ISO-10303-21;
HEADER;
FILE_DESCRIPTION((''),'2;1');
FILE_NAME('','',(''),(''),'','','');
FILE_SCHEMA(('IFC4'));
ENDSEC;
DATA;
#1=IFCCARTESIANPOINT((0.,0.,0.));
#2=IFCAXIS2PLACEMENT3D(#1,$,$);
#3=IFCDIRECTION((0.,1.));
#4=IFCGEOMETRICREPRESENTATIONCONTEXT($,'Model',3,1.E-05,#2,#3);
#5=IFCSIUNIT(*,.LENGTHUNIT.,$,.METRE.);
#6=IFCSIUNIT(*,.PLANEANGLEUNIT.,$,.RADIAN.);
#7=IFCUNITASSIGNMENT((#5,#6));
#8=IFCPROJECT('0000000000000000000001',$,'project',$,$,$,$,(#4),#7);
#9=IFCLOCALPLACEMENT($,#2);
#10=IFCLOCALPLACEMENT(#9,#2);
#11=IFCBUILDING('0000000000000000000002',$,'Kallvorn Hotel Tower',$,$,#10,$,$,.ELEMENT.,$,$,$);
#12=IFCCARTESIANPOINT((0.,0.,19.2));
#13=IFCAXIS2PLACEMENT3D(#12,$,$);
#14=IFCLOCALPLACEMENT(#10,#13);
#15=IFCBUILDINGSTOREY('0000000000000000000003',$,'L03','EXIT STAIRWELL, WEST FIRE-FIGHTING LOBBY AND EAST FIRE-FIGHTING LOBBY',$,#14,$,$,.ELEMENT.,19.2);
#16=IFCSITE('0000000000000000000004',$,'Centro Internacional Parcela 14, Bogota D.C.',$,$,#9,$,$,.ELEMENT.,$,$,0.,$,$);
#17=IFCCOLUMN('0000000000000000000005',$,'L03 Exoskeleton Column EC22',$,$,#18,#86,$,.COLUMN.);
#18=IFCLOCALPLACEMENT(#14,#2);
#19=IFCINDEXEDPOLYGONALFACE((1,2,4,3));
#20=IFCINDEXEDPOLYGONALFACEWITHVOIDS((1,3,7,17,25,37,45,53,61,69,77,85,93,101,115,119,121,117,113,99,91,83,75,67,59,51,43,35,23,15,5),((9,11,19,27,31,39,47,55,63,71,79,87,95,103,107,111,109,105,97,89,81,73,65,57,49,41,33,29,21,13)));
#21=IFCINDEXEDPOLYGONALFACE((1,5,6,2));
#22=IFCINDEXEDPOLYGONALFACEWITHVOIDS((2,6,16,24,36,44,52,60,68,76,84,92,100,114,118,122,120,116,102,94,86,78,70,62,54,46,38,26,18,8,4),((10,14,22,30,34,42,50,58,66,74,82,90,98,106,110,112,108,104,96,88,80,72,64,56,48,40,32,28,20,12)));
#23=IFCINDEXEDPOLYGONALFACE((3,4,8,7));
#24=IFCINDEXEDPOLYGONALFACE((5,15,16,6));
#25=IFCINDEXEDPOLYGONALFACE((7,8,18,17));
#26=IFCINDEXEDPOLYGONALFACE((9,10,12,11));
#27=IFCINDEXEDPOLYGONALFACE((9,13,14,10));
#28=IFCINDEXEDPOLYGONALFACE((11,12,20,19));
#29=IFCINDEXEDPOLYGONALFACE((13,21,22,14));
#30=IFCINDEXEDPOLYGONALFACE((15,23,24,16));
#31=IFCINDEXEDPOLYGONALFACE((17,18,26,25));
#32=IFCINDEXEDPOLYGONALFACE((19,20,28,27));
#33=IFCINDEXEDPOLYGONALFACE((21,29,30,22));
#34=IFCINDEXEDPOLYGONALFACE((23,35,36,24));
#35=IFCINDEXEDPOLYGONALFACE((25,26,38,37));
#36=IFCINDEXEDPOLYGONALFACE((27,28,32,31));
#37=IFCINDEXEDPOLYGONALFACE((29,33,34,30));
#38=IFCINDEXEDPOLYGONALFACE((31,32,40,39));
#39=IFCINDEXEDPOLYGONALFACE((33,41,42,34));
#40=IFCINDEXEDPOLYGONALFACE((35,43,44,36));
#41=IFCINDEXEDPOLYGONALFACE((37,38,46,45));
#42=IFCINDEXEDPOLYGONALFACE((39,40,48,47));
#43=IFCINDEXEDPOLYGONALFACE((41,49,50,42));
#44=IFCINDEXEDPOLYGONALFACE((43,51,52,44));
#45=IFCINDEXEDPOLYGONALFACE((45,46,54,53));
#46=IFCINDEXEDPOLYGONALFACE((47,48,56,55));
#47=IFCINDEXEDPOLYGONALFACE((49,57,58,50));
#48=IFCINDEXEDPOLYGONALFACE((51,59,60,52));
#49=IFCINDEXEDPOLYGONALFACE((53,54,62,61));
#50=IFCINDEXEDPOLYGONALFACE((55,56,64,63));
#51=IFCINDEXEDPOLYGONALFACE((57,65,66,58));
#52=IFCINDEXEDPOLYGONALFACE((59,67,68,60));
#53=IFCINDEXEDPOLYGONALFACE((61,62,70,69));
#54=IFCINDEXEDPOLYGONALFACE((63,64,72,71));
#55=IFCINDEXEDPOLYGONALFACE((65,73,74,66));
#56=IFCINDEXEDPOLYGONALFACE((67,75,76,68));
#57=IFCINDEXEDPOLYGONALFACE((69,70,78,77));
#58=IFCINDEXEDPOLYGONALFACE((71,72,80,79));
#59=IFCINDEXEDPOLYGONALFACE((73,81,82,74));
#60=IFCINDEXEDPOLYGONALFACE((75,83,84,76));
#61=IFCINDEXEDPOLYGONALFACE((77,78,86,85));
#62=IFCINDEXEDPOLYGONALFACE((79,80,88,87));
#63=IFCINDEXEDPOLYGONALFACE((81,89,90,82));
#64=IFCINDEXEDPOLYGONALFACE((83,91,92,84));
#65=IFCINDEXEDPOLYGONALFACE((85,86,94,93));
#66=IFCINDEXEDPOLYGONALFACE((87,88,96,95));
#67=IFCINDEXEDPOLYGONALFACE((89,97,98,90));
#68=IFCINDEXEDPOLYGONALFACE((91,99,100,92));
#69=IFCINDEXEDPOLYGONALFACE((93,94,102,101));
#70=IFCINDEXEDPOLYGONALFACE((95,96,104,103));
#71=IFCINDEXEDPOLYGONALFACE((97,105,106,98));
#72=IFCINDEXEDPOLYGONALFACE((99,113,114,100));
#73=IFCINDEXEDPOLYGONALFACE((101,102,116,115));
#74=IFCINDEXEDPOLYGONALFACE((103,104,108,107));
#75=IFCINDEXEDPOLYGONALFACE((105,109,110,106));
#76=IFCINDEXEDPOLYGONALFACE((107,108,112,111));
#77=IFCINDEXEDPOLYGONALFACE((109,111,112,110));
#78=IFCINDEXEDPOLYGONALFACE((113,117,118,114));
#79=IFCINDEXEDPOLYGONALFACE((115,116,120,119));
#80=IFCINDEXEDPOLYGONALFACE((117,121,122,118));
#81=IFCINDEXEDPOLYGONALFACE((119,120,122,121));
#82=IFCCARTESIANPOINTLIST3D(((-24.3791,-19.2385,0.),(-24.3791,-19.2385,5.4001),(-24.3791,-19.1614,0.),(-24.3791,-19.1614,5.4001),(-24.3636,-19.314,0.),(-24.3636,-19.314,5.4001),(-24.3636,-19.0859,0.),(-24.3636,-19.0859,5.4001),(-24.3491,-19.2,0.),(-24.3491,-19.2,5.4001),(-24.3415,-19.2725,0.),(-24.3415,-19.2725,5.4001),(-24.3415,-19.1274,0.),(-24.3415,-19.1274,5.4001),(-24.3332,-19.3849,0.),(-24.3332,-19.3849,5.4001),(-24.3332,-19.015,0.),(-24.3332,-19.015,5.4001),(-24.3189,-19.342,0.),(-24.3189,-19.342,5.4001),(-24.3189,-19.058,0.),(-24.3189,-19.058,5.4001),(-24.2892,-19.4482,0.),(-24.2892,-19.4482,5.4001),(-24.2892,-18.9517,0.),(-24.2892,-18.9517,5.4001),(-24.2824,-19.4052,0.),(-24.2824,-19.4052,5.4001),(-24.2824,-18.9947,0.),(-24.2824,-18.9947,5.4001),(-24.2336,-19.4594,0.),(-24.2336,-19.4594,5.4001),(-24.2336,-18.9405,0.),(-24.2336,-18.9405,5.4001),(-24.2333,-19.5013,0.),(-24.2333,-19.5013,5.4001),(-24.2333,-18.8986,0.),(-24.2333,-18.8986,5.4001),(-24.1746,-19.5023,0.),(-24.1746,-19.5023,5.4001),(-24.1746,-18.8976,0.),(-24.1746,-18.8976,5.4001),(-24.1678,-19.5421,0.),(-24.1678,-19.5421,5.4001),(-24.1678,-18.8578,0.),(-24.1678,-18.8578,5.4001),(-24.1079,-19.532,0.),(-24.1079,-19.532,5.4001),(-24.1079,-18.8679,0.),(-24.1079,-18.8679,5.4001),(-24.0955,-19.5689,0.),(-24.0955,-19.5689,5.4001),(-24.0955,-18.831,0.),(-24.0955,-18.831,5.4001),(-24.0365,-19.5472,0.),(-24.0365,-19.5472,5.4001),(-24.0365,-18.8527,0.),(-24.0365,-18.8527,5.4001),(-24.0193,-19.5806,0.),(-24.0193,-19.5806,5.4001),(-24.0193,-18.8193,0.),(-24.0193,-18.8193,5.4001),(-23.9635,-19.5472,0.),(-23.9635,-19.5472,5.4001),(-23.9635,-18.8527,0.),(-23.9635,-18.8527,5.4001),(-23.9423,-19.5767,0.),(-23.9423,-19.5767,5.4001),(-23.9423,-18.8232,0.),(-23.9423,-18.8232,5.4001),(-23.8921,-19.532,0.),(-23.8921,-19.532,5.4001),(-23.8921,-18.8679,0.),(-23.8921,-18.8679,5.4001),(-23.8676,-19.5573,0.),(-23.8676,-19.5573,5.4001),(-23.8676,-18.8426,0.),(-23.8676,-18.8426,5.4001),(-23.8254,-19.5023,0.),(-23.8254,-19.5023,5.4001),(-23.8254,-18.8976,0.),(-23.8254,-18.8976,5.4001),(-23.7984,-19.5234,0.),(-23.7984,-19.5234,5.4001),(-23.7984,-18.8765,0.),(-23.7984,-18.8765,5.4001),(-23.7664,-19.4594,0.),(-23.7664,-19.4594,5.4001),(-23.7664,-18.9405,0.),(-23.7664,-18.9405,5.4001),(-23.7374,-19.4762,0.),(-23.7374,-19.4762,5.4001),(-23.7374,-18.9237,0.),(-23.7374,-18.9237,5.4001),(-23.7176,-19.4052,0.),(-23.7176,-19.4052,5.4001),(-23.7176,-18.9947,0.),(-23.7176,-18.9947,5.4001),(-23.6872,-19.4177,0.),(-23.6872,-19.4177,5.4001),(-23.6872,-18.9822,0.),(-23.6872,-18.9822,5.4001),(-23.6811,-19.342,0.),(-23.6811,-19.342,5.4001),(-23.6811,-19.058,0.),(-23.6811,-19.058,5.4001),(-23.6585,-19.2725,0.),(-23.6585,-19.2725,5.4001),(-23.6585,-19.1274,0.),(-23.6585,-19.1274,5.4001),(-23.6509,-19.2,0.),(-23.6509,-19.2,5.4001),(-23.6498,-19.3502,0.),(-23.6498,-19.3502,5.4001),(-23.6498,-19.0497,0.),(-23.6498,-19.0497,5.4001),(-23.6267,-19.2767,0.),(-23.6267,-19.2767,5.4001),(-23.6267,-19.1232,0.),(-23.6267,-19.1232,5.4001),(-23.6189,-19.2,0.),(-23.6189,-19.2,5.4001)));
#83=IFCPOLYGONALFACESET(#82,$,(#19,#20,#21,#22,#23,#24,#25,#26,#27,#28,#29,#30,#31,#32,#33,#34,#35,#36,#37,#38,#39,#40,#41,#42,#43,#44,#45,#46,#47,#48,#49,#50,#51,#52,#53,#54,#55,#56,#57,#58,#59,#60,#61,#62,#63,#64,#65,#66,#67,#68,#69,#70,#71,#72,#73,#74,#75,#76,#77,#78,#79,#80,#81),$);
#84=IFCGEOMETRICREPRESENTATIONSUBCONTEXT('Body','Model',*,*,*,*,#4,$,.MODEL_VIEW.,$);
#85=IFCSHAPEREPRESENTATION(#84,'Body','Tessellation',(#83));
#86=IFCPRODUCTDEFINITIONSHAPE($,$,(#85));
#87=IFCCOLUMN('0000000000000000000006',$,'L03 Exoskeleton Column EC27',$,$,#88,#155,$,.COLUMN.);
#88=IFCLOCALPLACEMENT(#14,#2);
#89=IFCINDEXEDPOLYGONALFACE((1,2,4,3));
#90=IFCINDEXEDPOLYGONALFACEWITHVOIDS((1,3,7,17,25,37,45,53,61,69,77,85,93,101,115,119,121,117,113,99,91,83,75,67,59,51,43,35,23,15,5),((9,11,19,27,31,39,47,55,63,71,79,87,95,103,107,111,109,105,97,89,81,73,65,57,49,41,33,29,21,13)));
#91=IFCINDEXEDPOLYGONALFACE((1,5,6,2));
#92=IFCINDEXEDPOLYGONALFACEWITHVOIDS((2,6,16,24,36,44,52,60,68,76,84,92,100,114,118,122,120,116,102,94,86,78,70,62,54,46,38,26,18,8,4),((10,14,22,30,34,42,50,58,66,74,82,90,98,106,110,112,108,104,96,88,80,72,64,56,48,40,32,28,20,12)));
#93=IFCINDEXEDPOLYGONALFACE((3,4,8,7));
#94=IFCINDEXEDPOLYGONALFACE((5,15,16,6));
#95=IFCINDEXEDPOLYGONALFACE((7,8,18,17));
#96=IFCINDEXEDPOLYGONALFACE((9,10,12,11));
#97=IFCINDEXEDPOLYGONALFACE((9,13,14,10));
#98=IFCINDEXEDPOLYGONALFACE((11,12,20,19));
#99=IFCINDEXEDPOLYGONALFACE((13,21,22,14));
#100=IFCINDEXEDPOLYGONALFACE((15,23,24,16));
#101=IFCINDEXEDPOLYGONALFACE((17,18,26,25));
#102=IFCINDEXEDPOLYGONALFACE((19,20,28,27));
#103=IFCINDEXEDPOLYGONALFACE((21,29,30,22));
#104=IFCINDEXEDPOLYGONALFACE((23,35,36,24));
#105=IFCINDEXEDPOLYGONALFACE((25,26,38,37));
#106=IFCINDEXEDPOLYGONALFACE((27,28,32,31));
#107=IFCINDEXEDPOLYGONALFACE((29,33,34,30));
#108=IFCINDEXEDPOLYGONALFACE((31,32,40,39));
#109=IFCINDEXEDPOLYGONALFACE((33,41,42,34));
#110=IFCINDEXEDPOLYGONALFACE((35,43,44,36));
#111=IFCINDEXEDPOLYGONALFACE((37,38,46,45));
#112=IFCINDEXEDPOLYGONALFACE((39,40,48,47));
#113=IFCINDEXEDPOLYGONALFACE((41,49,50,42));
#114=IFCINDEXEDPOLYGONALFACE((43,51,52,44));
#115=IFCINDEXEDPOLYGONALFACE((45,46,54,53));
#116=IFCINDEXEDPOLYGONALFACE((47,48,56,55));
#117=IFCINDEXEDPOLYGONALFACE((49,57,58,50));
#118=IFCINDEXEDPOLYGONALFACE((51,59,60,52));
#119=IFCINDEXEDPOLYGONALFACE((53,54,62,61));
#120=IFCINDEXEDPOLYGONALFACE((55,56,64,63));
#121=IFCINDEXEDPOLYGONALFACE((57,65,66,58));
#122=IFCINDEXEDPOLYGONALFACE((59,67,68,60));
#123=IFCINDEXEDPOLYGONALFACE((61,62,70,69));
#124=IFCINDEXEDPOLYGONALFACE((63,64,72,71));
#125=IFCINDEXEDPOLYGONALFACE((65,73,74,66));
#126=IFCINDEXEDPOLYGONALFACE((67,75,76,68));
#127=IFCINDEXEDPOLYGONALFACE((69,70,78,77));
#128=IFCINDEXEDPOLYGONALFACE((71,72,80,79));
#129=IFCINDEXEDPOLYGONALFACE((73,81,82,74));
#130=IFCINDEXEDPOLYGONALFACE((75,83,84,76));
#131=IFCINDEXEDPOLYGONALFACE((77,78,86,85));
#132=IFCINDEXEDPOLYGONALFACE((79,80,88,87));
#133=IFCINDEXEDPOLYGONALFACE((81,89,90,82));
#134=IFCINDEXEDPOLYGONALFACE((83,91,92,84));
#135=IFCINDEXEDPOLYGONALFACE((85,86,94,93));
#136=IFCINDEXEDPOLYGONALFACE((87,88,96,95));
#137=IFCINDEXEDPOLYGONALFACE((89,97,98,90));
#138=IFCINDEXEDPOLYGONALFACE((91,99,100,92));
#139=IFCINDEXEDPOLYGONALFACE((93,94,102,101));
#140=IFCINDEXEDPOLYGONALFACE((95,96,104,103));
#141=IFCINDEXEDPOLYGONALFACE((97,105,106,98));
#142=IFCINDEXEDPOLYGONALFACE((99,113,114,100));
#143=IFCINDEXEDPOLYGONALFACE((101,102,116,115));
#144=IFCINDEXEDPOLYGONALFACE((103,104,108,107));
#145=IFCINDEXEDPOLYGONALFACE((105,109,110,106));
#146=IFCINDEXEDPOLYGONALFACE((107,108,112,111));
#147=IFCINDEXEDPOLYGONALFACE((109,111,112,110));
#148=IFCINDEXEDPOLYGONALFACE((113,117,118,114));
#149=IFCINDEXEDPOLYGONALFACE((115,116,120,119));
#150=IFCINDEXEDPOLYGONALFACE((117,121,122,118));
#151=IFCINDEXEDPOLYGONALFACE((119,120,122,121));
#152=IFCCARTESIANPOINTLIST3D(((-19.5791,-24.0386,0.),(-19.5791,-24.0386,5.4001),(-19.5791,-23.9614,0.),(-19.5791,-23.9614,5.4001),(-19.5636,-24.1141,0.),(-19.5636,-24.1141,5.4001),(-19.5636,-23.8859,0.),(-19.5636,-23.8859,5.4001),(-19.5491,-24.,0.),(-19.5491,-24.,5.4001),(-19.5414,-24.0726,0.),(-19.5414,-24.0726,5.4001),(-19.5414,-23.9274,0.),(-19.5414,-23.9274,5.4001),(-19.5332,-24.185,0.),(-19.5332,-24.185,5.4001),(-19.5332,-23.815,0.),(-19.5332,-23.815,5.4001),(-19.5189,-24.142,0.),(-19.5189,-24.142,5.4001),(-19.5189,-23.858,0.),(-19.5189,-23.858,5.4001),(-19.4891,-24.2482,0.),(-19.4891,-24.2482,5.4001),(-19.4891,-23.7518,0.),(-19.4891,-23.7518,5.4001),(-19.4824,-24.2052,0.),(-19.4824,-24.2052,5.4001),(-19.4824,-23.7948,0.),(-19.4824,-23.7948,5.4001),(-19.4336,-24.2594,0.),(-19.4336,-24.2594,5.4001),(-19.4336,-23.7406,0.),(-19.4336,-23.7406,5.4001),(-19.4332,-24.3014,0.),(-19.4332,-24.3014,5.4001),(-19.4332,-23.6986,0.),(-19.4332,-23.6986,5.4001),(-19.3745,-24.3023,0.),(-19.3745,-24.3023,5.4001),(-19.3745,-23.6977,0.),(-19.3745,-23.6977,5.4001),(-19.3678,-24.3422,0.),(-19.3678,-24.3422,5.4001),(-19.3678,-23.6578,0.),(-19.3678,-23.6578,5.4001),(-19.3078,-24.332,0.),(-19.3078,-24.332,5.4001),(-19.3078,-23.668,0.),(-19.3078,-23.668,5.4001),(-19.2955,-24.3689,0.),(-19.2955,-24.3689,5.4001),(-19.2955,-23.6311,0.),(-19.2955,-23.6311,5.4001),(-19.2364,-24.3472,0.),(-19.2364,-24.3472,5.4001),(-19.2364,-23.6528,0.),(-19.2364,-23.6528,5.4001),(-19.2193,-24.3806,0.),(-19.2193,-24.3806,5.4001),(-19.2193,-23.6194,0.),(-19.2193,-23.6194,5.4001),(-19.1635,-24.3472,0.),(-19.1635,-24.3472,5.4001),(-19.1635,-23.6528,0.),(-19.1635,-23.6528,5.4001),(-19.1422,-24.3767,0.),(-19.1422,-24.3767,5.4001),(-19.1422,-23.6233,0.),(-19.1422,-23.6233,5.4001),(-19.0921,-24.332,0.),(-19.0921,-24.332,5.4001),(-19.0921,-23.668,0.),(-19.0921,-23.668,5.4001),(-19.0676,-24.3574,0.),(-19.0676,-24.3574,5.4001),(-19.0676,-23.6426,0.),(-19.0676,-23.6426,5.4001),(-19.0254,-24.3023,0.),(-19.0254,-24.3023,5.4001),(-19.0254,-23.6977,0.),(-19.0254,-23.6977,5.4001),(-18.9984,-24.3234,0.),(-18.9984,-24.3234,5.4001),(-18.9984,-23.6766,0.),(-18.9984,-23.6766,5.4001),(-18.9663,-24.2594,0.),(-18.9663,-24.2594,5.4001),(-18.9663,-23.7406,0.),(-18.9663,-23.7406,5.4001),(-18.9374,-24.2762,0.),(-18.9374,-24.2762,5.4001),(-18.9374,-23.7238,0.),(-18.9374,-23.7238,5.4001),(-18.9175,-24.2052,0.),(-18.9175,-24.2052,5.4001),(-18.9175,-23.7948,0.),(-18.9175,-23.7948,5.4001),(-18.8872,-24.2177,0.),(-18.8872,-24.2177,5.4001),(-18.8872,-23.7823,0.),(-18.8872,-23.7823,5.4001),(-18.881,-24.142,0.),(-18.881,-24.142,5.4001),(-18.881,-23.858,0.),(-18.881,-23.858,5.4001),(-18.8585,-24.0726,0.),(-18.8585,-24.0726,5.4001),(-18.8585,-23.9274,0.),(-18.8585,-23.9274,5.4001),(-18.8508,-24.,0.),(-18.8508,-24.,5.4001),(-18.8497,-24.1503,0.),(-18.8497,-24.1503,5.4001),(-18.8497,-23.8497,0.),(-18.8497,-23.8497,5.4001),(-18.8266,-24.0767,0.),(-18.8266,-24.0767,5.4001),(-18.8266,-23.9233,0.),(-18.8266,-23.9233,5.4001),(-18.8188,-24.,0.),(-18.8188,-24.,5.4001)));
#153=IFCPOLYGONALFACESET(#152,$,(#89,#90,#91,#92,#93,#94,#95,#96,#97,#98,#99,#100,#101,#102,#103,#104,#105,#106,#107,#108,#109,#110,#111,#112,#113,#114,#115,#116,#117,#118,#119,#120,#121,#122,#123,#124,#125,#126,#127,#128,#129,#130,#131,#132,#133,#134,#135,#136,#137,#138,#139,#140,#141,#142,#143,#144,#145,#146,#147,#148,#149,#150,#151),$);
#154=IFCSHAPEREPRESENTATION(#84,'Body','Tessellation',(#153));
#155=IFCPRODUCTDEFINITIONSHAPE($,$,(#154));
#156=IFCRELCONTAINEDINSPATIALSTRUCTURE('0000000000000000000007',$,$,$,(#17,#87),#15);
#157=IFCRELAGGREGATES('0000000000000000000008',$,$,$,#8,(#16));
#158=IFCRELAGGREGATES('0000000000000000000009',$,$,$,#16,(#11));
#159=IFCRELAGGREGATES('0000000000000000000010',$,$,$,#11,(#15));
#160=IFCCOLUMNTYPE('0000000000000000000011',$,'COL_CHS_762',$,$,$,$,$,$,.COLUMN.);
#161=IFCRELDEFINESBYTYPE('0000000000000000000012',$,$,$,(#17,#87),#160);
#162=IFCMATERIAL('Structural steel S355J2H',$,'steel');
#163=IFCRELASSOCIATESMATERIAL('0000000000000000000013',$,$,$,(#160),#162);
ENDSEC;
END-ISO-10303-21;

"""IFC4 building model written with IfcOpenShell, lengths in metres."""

from ifc_helpers import new_model, si_unit, direction, frame, origin, origin_2d, place, context, subcontext, project, spatial, hollow_circle, extrude, material, material_profile, profile_set, type_object, element, save


model = new_model("IFC4")

# Units and contexts
model_context = context("Model", 3, precision=1e-05, world=origin(), true_north=direction((0.0, 1.0)))
body_context = subcontext(model_context, "Body", "Model", "MODEL_VIEW")
ifc_project = project(units=[si_unit("LENGTHUNIT", "METRE"), si_unit("PLANEANGLEUNIT", "RADIAN")], contexts=[model_context])

# Site, building, storey
site_placement = place(None, origin())
site = spatial("IfcSite", under=ifc_project, at=site_placement, Name="Centro Internacional Parcela 14, Bogota D.C.", CompositionType="ELEMENT", RefElevation=0.0)
building_placement = place(site_placement, origin())
building = spatial("IfcBuilding", under=site, at=building_placement, Name="Kallvorn Hotel Tower", CompositionType="ELEMENT")
storey_placement = place(building_placement, frame((0.0, 0.0, 19.2)))
storey = spatial("IfcBuildingStorey", under=building, at=storey_placement, Name="L03", Description="EXIT STAIRWELL, WEST FIRE-FIGHTING LOBBY AND EAST FIRE-FIGHTING LOBBY", CompositionType="ELEMENT", Elevation=19.2)

# Columns
ifc_material_1 = material(Name="Structural steel S355J2H", Category="steel")
ifc_material_profile_1 = material_profile(ifc_material_1, hollow_circle(Radius=0.3811, WallThickness=0.032, at=origin_2d()), Name="CHS 762x32")
ifc_profile_set_1 = profile_set([ifc_material_profile_1], Name="Structural steel S355J2H")
column_type_1 = type_object("IfcColumnType", Name="COL_CHS_762", PredefinedType="COLUMN", material=ifc_profile_set_1)
for number, where, z_axis, x_axis, name in (
    (1, (-24.0, -19.2, 0.0), (0.0, 0.0, 1.0), (1.0, 0.0, 0.0), "L03 Exoskeleton Column EC22"),
    (2, (-19.2, -24.0, 0.0), (0.0, 0.0, 1.0), (1.0, 0.0, 0.0), "L03 Exoskeleton Column EC27"),
):
    element("IfcColumn", number, at=place(storey_placement, frame(where, z_axis=z_axis, x_axis=x_axis)), inside=storey, type_object=column_type_1, Name=name, PredefinedType="COLUMN", context=body_context, shape_type="SweptSolid", body=[
        extrude(hollow_circle(Radius=0.3811, WallThickness=0.032, at=origin_2d()), origin(), (0.0, 0.0, 1.0), 5.4001),
    ])

save(model, "model.ifc")
